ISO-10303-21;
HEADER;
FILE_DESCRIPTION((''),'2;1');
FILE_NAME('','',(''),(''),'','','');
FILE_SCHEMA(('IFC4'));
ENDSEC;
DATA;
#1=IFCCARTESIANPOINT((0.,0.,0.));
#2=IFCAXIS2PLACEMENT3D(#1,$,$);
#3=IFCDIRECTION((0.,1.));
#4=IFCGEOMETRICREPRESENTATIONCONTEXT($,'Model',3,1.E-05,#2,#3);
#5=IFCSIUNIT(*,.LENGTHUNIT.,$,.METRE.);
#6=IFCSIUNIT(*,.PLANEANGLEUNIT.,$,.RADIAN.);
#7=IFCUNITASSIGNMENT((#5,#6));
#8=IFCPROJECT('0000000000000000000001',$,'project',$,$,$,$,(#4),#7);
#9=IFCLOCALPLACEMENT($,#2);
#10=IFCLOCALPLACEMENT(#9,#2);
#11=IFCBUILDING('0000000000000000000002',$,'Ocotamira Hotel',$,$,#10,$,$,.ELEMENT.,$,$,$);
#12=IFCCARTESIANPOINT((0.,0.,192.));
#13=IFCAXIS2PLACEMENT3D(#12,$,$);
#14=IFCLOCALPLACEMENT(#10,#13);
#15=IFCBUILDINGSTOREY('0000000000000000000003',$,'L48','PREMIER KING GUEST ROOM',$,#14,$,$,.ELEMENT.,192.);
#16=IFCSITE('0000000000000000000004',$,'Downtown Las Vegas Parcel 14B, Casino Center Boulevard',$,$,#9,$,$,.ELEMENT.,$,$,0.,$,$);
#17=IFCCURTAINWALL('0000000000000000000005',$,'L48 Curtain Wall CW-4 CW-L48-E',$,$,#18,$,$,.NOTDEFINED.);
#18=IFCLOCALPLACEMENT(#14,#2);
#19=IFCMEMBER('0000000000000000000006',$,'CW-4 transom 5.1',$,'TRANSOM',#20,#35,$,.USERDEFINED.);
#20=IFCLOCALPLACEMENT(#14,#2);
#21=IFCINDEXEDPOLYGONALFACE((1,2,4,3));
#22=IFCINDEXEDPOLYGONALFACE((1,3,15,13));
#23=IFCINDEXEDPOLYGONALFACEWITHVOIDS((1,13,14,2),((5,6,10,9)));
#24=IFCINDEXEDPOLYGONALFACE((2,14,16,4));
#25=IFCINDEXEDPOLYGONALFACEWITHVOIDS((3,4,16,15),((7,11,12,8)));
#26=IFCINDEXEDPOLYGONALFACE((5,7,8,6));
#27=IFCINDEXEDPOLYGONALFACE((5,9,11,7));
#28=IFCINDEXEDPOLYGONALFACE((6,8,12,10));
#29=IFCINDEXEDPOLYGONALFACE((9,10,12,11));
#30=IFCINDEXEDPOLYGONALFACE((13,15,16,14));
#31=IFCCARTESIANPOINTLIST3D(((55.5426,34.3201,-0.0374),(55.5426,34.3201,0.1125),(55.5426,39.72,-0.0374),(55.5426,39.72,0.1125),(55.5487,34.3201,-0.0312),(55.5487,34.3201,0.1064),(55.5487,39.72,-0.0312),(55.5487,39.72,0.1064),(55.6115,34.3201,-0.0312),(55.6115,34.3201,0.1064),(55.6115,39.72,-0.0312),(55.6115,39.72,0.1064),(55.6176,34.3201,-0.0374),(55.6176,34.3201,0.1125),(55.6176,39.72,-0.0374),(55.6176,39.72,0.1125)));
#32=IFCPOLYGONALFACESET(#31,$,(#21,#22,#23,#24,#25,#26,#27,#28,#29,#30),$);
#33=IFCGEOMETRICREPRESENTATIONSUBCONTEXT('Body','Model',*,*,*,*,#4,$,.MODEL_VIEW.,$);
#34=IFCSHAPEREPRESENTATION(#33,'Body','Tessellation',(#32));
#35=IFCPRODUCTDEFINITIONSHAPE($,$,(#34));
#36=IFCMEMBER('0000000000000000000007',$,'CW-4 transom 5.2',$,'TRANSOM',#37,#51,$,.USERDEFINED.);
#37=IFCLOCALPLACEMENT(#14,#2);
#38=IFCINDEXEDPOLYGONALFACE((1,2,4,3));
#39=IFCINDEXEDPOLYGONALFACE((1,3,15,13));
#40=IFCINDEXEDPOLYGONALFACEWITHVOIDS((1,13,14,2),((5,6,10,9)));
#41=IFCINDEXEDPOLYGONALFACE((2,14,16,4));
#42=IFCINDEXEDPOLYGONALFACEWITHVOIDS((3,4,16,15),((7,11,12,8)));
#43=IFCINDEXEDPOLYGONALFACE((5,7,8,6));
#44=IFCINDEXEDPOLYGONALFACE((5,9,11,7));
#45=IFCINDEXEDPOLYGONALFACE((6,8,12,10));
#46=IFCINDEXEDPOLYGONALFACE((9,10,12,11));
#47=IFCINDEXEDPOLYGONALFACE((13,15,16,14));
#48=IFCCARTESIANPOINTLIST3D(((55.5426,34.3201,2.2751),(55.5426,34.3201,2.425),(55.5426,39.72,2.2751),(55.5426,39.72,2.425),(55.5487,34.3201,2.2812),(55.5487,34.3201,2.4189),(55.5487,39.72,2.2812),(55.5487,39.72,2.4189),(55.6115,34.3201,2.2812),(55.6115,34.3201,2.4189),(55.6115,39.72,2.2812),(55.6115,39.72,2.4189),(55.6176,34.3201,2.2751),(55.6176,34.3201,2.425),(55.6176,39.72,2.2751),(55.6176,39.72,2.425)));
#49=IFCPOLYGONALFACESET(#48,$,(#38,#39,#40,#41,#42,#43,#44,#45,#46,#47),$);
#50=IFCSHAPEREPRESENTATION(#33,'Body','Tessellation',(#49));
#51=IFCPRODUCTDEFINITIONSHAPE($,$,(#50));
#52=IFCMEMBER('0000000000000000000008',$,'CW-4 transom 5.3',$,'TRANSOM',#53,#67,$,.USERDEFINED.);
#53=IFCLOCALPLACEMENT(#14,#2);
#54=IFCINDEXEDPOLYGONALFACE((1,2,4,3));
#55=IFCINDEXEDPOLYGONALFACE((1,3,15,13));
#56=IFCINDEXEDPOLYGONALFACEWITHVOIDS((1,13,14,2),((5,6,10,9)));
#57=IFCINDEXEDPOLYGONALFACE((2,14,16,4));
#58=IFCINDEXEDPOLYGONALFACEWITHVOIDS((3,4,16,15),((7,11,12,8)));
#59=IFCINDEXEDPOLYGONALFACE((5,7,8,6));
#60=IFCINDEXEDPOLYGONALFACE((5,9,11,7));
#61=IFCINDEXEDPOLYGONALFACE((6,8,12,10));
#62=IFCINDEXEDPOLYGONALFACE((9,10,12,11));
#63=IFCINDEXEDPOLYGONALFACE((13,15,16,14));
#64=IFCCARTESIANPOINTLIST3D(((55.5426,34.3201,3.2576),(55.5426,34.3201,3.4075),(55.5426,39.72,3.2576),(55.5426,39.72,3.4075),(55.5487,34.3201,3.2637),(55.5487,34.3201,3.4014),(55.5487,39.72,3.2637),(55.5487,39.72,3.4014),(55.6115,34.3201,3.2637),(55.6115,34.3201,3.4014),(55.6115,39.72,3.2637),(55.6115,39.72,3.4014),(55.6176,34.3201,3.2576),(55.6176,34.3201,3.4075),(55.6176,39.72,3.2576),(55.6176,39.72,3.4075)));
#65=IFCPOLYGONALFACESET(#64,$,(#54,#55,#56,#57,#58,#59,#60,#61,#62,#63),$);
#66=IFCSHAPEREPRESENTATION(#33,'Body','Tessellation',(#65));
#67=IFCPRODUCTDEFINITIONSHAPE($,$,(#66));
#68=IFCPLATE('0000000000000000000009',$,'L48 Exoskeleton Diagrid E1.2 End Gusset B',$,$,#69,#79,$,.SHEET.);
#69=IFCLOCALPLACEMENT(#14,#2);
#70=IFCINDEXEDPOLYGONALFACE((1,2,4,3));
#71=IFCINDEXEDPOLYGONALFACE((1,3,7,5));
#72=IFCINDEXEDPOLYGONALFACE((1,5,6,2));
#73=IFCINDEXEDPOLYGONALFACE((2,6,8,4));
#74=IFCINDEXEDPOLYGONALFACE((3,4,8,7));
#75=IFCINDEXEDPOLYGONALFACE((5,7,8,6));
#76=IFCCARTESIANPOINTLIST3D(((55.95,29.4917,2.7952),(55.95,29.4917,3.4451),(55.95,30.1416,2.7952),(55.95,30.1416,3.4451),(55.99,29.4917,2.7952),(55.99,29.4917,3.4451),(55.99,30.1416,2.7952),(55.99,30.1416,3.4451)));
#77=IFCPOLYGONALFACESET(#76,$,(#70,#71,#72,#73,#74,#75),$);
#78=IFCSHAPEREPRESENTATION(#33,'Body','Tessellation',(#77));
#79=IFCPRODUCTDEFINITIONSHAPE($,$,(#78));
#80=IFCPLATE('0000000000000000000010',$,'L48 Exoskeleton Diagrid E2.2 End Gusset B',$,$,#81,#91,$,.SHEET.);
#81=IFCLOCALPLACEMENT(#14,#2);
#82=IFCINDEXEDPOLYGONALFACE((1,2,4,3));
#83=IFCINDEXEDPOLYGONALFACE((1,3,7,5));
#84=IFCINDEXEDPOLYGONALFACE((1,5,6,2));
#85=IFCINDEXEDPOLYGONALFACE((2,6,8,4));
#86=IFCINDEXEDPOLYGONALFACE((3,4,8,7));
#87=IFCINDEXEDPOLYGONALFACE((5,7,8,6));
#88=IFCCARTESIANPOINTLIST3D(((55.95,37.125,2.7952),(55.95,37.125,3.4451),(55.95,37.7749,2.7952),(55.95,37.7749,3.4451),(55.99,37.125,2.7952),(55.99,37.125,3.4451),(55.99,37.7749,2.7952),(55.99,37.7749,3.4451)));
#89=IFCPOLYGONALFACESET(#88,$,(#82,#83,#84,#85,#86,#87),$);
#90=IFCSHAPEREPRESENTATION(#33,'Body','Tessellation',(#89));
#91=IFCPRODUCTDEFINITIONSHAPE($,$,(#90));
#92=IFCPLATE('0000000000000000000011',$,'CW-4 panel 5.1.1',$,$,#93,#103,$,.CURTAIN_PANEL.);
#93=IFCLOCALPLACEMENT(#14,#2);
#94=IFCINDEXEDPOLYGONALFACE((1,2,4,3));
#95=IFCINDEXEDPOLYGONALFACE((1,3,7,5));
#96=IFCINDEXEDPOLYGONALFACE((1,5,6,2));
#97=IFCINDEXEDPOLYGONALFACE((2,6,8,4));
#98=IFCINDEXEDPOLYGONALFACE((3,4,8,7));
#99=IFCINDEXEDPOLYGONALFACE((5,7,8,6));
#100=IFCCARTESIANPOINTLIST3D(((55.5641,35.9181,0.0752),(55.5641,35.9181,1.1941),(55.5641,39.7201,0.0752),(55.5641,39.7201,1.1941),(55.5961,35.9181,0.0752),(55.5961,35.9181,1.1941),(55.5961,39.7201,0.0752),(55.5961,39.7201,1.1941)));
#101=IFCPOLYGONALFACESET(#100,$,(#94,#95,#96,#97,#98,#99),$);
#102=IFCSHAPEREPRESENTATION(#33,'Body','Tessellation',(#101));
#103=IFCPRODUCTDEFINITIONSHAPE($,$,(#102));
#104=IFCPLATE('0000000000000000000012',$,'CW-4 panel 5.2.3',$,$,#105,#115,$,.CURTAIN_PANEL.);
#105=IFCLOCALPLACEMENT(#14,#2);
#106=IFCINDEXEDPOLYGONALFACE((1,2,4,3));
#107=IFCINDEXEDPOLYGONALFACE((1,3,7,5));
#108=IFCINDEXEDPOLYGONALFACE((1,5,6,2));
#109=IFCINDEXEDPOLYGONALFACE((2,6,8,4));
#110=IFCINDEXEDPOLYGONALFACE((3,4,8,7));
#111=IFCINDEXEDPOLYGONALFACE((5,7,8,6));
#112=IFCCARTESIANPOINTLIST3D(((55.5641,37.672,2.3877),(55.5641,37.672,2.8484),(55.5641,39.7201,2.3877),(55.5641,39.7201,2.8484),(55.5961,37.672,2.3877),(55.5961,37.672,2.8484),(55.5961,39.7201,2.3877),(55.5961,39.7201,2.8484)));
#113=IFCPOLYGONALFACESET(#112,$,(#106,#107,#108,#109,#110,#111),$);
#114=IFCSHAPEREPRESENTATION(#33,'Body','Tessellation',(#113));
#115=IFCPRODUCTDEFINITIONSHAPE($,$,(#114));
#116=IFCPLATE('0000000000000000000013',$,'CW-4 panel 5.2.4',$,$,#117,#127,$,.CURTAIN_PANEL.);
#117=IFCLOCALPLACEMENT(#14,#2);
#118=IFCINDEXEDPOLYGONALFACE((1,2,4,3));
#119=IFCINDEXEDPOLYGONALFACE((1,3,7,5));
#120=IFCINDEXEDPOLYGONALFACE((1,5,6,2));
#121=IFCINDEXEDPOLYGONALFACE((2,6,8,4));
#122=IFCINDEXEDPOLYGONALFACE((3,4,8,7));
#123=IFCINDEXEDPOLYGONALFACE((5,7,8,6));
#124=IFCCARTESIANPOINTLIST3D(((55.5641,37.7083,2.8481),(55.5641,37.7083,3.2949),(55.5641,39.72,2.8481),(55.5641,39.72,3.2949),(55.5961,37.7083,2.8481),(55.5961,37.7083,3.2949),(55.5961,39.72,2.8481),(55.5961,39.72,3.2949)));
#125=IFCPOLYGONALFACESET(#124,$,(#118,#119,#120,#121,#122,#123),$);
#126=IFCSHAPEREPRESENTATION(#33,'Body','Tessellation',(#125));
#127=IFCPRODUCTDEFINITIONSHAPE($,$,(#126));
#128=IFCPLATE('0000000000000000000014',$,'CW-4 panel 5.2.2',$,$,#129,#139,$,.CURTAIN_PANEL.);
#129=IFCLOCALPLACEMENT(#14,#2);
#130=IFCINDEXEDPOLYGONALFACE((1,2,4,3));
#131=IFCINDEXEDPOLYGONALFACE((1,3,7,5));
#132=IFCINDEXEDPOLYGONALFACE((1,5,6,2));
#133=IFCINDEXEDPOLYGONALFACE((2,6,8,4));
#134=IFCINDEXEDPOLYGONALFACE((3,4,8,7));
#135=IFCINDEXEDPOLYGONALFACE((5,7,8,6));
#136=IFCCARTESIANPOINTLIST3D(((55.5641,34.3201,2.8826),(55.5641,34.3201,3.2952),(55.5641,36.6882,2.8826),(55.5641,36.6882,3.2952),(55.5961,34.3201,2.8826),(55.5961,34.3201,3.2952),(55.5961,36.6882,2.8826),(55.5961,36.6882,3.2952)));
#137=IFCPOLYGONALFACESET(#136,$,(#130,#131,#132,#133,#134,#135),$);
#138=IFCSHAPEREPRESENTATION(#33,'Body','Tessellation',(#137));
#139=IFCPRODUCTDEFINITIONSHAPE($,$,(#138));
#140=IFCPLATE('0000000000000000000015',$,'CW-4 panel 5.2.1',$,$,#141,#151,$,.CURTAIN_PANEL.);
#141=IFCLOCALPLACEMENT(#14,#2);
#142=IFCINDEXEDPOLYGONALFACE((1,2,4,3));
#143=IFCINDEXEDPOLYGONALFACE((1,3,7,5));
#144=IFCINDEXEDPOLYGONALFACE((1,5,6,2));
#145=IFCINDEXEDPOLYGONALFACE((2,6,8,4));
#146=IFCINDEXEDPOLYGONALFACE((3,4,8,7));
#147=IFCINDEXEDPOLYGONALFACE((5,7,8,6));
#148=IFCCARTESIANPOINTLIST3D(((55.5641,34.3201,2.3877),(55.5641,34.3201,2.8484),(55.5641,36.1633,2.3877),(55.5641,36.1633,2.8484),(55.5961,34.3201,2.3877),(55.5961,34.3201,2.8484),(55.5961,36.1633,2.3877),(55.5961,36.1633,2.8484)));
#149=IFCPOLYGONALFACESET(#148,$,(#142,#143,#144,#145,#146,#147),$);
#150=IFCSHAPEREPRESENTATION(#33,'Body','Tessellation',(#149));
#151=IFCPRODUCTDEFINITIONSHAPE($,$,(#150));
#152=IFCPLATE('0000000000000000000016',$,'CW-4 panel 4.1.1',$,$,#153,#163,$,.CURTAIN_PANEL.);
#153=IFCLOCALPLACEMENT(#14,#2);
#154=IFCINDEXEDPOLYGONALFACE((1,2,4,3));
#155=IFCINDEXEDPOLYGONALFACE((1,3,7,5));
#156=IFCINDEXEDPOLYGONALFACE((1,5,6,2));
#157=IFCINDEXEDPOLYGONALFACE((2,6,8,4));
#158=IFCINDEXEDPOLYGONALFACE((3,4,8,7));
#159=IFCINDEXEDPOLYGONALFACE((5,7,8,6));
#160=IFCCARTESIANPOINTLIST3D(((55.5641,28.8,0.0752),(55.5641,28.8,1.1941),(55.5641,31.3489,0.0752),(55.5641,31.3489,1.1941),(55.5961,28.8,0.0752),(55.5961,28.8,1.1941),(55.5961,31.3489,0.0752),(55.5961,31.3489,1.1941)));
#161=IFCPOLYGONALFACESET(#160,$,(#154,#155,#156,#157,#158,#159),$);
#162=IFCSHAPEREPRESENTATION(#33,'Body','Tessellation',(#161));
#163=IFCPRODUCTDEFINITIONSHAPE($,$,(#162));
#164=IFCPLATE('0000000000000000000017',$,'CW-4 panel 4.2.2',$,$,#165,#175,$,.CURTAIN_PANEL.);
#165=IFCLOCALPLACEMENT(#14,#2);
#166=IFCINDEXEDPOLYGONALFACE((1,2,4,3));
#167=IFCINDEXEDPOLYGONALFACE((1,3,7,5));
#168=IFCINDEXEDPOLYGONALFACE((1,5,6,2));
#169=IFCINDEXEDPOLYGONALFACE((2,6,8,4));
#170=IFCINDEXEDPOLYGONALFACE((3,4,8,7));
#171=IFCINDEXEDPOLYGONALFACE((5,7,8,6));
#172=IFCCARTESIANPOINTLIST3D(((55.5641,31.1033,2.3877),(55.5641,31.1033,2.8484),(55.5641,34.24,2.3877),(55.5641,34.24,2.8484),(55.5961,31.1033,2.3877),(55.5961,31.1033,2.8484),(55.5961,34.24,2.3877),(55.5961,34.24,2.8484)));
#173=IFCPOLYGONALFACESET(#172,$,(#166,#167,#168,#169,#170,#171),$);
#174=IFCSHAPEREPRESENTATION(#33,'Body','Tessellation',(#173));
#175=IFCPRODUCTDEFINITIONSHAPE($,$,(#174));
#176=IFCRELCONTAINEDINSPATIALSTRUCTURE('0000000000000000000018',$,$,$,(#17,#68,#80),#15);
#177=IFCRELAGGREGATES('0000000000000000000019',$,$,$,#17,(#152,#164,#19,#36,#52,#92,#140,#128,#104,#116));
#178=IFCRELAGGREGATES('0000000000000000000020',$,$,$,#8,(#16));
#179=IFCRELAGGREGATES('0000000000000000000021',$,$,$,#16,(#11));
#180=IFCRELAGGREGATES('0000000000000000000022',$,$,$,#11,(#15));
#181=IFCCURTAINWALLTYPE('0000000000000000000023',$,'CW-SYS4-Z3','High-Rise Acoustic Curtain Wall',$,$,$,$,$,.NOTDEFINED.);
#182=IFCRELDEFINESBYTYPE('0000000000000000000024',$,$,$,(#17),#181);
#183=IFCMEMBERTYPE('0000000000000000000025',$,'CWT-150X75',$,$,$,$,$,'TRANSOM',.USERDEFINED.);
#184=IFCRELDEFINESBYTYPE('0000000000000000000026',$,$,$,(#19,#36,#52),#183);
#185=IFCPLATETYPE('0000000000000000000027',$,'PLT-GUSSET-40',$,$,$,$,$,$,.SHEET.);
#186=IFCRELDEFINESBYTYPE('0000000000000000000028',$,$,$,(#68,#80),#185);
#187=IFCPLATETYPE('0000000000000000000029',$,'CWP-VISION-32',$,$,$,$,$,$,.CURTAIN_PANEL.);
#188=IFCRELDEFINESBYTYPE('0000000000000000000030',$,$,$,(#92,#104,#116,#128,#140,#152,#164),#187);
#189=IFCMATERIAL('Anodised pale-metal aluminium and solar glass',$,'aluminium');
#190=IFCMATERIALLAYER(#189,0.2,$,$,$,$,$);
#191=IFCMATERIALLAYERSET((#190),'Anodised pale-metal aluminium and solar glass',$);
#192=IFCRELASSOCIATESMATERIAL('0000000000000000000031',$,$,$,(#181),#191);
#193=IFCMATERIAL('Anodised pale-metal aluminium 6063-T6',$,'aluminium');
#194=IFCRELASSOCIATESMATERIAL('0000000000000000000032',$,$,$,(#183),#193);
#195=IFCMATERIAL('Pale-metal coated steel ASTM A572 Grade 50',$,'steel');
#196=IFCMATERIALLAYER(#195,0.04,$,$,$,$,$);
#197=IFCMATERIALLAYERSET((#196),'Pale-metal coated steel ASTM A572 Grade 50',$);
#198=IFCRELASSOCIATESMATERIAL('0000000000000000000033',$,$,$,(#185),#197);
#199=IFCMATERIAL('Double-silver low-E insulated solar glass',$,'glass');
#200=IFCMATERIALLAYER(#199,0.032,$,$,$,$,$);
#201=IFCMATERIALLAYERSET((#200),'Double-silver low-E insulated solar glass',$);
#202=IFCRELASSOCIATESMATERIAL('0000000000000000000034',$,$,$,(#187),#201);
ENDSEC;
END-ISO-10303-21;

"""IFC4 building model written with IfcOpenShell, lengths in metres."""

from ifc_helpers import new_model, si_unit, direction, frame, origin, origin_2d, place, context, subcontext, project, spatial, rectangle, hollow_rectangle, extrude, source, transform, mapped, material, layer, layer_set, material_profile, profile_set, type_object, element, aggregate, save


model = new_model("IFC4")

# Units and contexts
model_context = context("Model", 3, precision=1e-05, world=origin(), true_north=direction((0.0, 1.0)))
body_context = subcontext(model_context, "Body", "Model", "MODEL_VIEW")
ifc_project = project(units=[si_unit("LENGTHUNIT", "METRE"), si_unit("PLANEANGLEUNIT", "RADIAN")], contexts=[model_context])

# Site, building, storey
site_placement = place(None, origin())
site = spatial("IfcSite", under=ifc_project, at=site_placement, Name="Downtown Las Vegas Parcel 14B, Casino Center Boulevard", CompositionType="ELEMENT", RefElevation=0.0)
building_placement = place(site_placement, origin())
building = spatial("IfcBuilding", under=site, at=building_placement, Name="Ocotamira Hotel", CompositionType="ELEMENT")
storey_placement = place(building_placement, frame((0.0, 0.0, 192.0)))
storey = spatial("IfcBuildingStorey", under=building, at=storey_placement, Name="L48", Description="PREMIER KING GUEST ROOM", CompositionType="ELEMENT", Elevation=192.0)

# Curtain wall, members
ifc_material_1 = material(Name="Anodised pale-metal aluminium and solar glass", Category="aluminium")
ifc_layer_1 = layer(ifc_material_1, 0.2)
ifc_layer_set_1 = layer_set([ifc_layer_1], Name="Anodised pale-metal aluminium and solar glass")
curtain_wall_type = type_object("IfcCurtainWallType", Name="CW-SYS4-Z3", Description="High-Rise Acoustic Curtain Wall", PredefinedType="NOTDEFINED", material=ifc_layer_set_1)
curtain_wall_placement = place(storey_placement, origin())
curtain_wall = element("IfcCurtainWall", 1, at=curtain_wall_placement, inside=storey, type_object=curtain_wall_type, Name="L48 Curtain Wall CW-4 CW-L48-E", PredefinedType="NOTDEFINED")
ifc_material_2 = material(Name="Anodised pale-metal aluminium 6063-T6", Category="aluminium")
ifc_material_profile_1 = material_profile(ifc_material_2, hollow_rectangle(XDim=0.075, YDim=0.1499, WallThickness=0.0061, at=origin_2d()), Name="HSS150X75X6")
ifc_profile_set_1 = profile_set([ifc_material_profile_1], Name="Anodised pale-metal aluminium 6063-T6")
member_type_1 = type_object("IfcMemberType", Name="CWT-150X75", ElementType="TRANSOM", PredefinedType="USERDEFINED", material=ifc_profile_set_1)
shared_shape_1 = source(origin(), body_context, "Body", "SweptSolid", [
    extrude(hollow_rectangle(XDim=0.075, YDim=0.1499, WallThickness=0.0061, at=origin_2d()), origin(), (0.0, 0.0, 1.0), 5.3999),
])
member_1_placement = place(storey_placement, frame((55.5801, 34.3201, 0.0376), z_axis=(0.0, 1.0, 0.0), x_axis=(-1.0, 0.0, 0.0)))
member_1 = element("IfcMember", 2, at=member_1_placement, type_object=member_type_1, Name="CW-4 transom 5.1", ObjectType="TRANSOM", PredefinedType="USERDEFINED", context=body_context, shape_type="MappedRepresentation", body=[
    mapped(shared_shape_1, transform((0.0, 0.0, 0.0), scale=1.0)),
])
member_2_placement = place(storey_placement, frame((55.5801, 34.3201, 2.3501), z_axis=(0.0, 1.0, 0.0), x_axis=(-1.0, 0.0, 0.0)))
member_2 = element("IfcMember", 3, at=member_2_placement, type_object=member_type_1, Name="CW-4 transom 5.2", ObjectType="TRANSOM", PredefinedType="USERDEFINED", context=body_context, shape_type="MappedRepresentation", body=[
    mapped(shared_shape_1, transform((0.0, 0.0, 0.0), scale=1.0)),
])
member_3_placement = place(storey_placement, frame((55.5801, 34.3201, 3.3325), z_axis=(0.0, 1.0, 0.0), x_axis=(-1.0, 0.0, 0.0)))
member_3 = element("IfcMember", 4, at=member_3_placement, type_object=member_type_1, Name="CW-4 transom 5.3", ObjectType="TRANSOM", PredefinedType="USERDEFINED", context=body_context, shape_type="MappedRepresentation", body=[
    mapped(shared_shape_1, transform((0.0, 0.0, 0.0), scale=1.0)),
])

# Plates
ifc_material_3 = material(Name="Pale-metal coated steel ASTM A572 Grade 50", Category="steel")
ifc_layer_2 = layer(ifc_material_3, 0.04)
ifc_layer_set_2 = layer_set([ifc_layer_2], Name="Pale-metal coated steel ASTM A572 Grade 50")
plate_type_1 = type_object("IfcPlateType", Name="PLT-GUSSET-40", PredefinedType="SHEET", material=ifc_layer_set_2)
shared_shape_2 = source(origin(), body_context, "Body", "SweptSolid", [
    extrude(rectangle(XDim=0.04, YDim=0.6499, at=origin_2d()), origin(), (0.0, 0.0, 1.0), 0.6499),
])
for number, where, z_axis, x_axis, name in (
    (5, (55.97, 29.8167, 2.7952), (0.0, 0.0, 1.0), (1.0, 0.0, 0.0), "L48 Exoskeleton Diagrid E1.2 End Gusset B"),
    (6, (55.97, 37.45, 2.7952), (0.0, 0.0, 1.0), (1.0, 0.0, 0.0), "L48 Exoskeleton Diagrid E2.2 End Gusset B"),
):
    element("IfcPlate", number, at=place(storey_placement, frame(where, z_axis=z_axis, x_axis=x_axis)), inside=storey, type_object=plate_type_1, Name=name, PredefinedType="SHEET", context=body_context, shape_type="MappedRepresentation", body=[
        mapped(shared_shape_2, transform((0.0, 0.0, 0.0), scale=1.0)),
    ])

# Plates
ifc_material_4 = material(Name="Double-silver low-E insulated solar glass", Category="glass")
ifc_layer_3 = layer(ifc_material_4, 0.032)
ifc_layer_set_3 = layer_set([ifc_layer_3], Name="Double-silver low-E insulated solar glass")
plate_type_2 = type_object("IfcPlateType", Name="CWP-VISION-32", PredefinedType="CURTAIN_PANEL", material=ifc_layer_set_3)
shared_shape_3 = source(origin(), body_context, "Body", "SweptSolid", [
    extrude(rectangle(XDim=3.802, YDim=0.032, at=origin_2d()), origin(), (0.0, 0.0, 1.0), 1.1189),
])
plate_1_placement = place(storey_placement, frame((55.5801, 37.8191, 0.0752), z_axis=(0.0, 0.0, 1.0), x_axis=(0.0, 1.0, 0.0)))
plate_1 = element("IfcPlate", 7, at=plate_1_placement, type_object=plate_type_2, Name="CW-4 panel 5.1.1", PredefinedType="CURTAIN_PANEL", context=body_context, shape_type="MappedRepresentation", body=[
    mapped(shared_shape_3, transform((0.0, 0.0, 0.0), scale=1.0)),
])
shared_shape_4 = source(origin(), body_context, "Body", "SweptSolid", [
    extrude(rectangle(XDim=2.0481, YDim=0.032, at=origin_2d()), origin(), (0.0, 0.0, 1.0), 0.4607),
])
plate_2_placement = place(storey_placement, frame((55.5801, 38.696, 2.3877), z_axis=(0.0, 0.0, 1.0), x_axis=(0.0, 1.0, 0.0)))
plate_2 = element("IfcPlate", 8, at=plate_2_placement, type_object=plate_type_2, Name="CW-4 panel 5.2.3", PredefinedType="CURTAIN_PANEL", context=body_context, shape_type="MappedRepresentation", body=[
    mapped(shared_shape_4, transform((0.0, 0.0, 0.0), scale=1.0)),
])
shared_shape_5 = source(origin(), body_context, "Body", "SweptSolid", [
    extrude(rectangle(XDim=2.0117, YDim=0.032, at=origin_2d()), origin(), (0.0, 0.0, 1.0), 0.4468),
])
plate_3_placement = place(storey_placement, frame((55.5801, 38.7141, 2.8481), z_axis=(0.0, 0.0, 1.0), x_axis=(0.0, 1.0, 0.0)))
plate_3 = element("IfcPlate", 9, at=plate_3_placement, type_object=plate_type_2, Name="CW-4 panel 5.2.4", PredefinedType="CURTAIN_PANEL", context=body_context, shape_type="MappedRepresentation", body=[
    mapped(shared_shape_5, transform((0.0, 0.0, 0.0), scale=1.0)),
])
shared_shape_6 = source(origin(), body_context, "Body", "SweptSolid", [
    extrude(rectangle(XDim=2.3682, YDim=0.032, at=origin_2d()), origin(), (0.0, 0.0, 1.0), 0.4126),
])
plate_4_placement = place(storey_placement, frame((55.5801, 35.5042, 2.8826), z_axis=(0.0, 0.0, 1.0), x_axis=(0.0, 1.0, 0.0)))
plate_4 = element("IfcPlate", 10, at=plate_4_placement, type_object=plate_type_2, Name="CW-4 panel 5.2.2", PredefinedType="CURTAIN_PANEL", context=body_context, shape_type="MappedRepresentation", body=[
    mapped(shared_shape_6, transform((0.0, 0.0, 0.0), scale=1.0)),
])
shared_shape_7 = source(origin(), body_context, "Body", "SweptSolid", [
    extrude(rectangle(XDim=1.8433, YDim=0.032, at=origin_2d()), origin(), (0.0, 0.0, 1.0), 0.4607),
])
plate_5_placement = place(storey_placement, frame((55.5801, 35.2417, 2.3877), z_axis=(0.0, 0.0, 1.0), x_axis=(0.0, 1.0, 0.0)))
plate_5 = element("IfcPlate", 11, at=plate_5_placement, type_object=plate_type_2, Name="CW-4 panel 5.2.1", PredefinedType="CURTAIN_PANEL", context=body_context, shape_type="MappedRepresentation", body=[
    mapped(shared_shape_7, transform((0.0, 0.0, 0.0), scale=1.0)),
])
shared_shape_8 = source(origin(), body_context, "Body", "SweptSolid", [
    extrude(rectangle(XDim=2.5488, YDim=0.032, at=origin_2d()), origin(), (0.0, 0.0, 1.0), 1.1189),
])
plate_6_placement = place(storey_placement, frame((55.5801, 30.0745, 0.0752), z_axis=(0.0, 0.0, 1.0), x_axis=(0.0, 1.0, 0.0)))
plate_6 = element("IfcPlate", 12, at=plate_6_placement, type_object=plate_type_2, Name="CW-4 panel 4.1.1", PredefinedType="CURTAIN_PANEL", context=body_context, shape_type="MappedRepresentation", body=[
    mapped(shared_shape_8, transform((0.0, 0.0, 0.0), scale=1.0)),
])
shared_shape_9 = source(origin(), body_context, "Body", "SweptSolid", [
    extrude(rectangle(XDim=3.1367, YDim=0.032, at=origin_2d()), origin(), (0.0, 0.0, 1.0), 0.4607),
])
plate_7_placement = place(storey_placement, frame((55.5801, 32.6716, 2.3877), z_axis=(0.0, 0.0, 1.0), x_axis=(0.0, 1.0, 0.0)))
plate_7 = element("IfcPlate", 13, at=plate_7_placement, type_object=plate_type_2, Name="CW-4 panel 4.2.2", PredefinedType="CURTAIN_PANEL", context=body_context, shape_type="MappedRepresentation", body=[
    mapped(shared_shape_9, transform((0.0, 0.0, 0.0), scale=1.0)),
])
aggregate(curtain_wall, [plate_6, plate_7, member_1, member_2, member_3, plate_1, plate_5, plate_4, plate_2, plate_3])

save(model, "model.ifc")
